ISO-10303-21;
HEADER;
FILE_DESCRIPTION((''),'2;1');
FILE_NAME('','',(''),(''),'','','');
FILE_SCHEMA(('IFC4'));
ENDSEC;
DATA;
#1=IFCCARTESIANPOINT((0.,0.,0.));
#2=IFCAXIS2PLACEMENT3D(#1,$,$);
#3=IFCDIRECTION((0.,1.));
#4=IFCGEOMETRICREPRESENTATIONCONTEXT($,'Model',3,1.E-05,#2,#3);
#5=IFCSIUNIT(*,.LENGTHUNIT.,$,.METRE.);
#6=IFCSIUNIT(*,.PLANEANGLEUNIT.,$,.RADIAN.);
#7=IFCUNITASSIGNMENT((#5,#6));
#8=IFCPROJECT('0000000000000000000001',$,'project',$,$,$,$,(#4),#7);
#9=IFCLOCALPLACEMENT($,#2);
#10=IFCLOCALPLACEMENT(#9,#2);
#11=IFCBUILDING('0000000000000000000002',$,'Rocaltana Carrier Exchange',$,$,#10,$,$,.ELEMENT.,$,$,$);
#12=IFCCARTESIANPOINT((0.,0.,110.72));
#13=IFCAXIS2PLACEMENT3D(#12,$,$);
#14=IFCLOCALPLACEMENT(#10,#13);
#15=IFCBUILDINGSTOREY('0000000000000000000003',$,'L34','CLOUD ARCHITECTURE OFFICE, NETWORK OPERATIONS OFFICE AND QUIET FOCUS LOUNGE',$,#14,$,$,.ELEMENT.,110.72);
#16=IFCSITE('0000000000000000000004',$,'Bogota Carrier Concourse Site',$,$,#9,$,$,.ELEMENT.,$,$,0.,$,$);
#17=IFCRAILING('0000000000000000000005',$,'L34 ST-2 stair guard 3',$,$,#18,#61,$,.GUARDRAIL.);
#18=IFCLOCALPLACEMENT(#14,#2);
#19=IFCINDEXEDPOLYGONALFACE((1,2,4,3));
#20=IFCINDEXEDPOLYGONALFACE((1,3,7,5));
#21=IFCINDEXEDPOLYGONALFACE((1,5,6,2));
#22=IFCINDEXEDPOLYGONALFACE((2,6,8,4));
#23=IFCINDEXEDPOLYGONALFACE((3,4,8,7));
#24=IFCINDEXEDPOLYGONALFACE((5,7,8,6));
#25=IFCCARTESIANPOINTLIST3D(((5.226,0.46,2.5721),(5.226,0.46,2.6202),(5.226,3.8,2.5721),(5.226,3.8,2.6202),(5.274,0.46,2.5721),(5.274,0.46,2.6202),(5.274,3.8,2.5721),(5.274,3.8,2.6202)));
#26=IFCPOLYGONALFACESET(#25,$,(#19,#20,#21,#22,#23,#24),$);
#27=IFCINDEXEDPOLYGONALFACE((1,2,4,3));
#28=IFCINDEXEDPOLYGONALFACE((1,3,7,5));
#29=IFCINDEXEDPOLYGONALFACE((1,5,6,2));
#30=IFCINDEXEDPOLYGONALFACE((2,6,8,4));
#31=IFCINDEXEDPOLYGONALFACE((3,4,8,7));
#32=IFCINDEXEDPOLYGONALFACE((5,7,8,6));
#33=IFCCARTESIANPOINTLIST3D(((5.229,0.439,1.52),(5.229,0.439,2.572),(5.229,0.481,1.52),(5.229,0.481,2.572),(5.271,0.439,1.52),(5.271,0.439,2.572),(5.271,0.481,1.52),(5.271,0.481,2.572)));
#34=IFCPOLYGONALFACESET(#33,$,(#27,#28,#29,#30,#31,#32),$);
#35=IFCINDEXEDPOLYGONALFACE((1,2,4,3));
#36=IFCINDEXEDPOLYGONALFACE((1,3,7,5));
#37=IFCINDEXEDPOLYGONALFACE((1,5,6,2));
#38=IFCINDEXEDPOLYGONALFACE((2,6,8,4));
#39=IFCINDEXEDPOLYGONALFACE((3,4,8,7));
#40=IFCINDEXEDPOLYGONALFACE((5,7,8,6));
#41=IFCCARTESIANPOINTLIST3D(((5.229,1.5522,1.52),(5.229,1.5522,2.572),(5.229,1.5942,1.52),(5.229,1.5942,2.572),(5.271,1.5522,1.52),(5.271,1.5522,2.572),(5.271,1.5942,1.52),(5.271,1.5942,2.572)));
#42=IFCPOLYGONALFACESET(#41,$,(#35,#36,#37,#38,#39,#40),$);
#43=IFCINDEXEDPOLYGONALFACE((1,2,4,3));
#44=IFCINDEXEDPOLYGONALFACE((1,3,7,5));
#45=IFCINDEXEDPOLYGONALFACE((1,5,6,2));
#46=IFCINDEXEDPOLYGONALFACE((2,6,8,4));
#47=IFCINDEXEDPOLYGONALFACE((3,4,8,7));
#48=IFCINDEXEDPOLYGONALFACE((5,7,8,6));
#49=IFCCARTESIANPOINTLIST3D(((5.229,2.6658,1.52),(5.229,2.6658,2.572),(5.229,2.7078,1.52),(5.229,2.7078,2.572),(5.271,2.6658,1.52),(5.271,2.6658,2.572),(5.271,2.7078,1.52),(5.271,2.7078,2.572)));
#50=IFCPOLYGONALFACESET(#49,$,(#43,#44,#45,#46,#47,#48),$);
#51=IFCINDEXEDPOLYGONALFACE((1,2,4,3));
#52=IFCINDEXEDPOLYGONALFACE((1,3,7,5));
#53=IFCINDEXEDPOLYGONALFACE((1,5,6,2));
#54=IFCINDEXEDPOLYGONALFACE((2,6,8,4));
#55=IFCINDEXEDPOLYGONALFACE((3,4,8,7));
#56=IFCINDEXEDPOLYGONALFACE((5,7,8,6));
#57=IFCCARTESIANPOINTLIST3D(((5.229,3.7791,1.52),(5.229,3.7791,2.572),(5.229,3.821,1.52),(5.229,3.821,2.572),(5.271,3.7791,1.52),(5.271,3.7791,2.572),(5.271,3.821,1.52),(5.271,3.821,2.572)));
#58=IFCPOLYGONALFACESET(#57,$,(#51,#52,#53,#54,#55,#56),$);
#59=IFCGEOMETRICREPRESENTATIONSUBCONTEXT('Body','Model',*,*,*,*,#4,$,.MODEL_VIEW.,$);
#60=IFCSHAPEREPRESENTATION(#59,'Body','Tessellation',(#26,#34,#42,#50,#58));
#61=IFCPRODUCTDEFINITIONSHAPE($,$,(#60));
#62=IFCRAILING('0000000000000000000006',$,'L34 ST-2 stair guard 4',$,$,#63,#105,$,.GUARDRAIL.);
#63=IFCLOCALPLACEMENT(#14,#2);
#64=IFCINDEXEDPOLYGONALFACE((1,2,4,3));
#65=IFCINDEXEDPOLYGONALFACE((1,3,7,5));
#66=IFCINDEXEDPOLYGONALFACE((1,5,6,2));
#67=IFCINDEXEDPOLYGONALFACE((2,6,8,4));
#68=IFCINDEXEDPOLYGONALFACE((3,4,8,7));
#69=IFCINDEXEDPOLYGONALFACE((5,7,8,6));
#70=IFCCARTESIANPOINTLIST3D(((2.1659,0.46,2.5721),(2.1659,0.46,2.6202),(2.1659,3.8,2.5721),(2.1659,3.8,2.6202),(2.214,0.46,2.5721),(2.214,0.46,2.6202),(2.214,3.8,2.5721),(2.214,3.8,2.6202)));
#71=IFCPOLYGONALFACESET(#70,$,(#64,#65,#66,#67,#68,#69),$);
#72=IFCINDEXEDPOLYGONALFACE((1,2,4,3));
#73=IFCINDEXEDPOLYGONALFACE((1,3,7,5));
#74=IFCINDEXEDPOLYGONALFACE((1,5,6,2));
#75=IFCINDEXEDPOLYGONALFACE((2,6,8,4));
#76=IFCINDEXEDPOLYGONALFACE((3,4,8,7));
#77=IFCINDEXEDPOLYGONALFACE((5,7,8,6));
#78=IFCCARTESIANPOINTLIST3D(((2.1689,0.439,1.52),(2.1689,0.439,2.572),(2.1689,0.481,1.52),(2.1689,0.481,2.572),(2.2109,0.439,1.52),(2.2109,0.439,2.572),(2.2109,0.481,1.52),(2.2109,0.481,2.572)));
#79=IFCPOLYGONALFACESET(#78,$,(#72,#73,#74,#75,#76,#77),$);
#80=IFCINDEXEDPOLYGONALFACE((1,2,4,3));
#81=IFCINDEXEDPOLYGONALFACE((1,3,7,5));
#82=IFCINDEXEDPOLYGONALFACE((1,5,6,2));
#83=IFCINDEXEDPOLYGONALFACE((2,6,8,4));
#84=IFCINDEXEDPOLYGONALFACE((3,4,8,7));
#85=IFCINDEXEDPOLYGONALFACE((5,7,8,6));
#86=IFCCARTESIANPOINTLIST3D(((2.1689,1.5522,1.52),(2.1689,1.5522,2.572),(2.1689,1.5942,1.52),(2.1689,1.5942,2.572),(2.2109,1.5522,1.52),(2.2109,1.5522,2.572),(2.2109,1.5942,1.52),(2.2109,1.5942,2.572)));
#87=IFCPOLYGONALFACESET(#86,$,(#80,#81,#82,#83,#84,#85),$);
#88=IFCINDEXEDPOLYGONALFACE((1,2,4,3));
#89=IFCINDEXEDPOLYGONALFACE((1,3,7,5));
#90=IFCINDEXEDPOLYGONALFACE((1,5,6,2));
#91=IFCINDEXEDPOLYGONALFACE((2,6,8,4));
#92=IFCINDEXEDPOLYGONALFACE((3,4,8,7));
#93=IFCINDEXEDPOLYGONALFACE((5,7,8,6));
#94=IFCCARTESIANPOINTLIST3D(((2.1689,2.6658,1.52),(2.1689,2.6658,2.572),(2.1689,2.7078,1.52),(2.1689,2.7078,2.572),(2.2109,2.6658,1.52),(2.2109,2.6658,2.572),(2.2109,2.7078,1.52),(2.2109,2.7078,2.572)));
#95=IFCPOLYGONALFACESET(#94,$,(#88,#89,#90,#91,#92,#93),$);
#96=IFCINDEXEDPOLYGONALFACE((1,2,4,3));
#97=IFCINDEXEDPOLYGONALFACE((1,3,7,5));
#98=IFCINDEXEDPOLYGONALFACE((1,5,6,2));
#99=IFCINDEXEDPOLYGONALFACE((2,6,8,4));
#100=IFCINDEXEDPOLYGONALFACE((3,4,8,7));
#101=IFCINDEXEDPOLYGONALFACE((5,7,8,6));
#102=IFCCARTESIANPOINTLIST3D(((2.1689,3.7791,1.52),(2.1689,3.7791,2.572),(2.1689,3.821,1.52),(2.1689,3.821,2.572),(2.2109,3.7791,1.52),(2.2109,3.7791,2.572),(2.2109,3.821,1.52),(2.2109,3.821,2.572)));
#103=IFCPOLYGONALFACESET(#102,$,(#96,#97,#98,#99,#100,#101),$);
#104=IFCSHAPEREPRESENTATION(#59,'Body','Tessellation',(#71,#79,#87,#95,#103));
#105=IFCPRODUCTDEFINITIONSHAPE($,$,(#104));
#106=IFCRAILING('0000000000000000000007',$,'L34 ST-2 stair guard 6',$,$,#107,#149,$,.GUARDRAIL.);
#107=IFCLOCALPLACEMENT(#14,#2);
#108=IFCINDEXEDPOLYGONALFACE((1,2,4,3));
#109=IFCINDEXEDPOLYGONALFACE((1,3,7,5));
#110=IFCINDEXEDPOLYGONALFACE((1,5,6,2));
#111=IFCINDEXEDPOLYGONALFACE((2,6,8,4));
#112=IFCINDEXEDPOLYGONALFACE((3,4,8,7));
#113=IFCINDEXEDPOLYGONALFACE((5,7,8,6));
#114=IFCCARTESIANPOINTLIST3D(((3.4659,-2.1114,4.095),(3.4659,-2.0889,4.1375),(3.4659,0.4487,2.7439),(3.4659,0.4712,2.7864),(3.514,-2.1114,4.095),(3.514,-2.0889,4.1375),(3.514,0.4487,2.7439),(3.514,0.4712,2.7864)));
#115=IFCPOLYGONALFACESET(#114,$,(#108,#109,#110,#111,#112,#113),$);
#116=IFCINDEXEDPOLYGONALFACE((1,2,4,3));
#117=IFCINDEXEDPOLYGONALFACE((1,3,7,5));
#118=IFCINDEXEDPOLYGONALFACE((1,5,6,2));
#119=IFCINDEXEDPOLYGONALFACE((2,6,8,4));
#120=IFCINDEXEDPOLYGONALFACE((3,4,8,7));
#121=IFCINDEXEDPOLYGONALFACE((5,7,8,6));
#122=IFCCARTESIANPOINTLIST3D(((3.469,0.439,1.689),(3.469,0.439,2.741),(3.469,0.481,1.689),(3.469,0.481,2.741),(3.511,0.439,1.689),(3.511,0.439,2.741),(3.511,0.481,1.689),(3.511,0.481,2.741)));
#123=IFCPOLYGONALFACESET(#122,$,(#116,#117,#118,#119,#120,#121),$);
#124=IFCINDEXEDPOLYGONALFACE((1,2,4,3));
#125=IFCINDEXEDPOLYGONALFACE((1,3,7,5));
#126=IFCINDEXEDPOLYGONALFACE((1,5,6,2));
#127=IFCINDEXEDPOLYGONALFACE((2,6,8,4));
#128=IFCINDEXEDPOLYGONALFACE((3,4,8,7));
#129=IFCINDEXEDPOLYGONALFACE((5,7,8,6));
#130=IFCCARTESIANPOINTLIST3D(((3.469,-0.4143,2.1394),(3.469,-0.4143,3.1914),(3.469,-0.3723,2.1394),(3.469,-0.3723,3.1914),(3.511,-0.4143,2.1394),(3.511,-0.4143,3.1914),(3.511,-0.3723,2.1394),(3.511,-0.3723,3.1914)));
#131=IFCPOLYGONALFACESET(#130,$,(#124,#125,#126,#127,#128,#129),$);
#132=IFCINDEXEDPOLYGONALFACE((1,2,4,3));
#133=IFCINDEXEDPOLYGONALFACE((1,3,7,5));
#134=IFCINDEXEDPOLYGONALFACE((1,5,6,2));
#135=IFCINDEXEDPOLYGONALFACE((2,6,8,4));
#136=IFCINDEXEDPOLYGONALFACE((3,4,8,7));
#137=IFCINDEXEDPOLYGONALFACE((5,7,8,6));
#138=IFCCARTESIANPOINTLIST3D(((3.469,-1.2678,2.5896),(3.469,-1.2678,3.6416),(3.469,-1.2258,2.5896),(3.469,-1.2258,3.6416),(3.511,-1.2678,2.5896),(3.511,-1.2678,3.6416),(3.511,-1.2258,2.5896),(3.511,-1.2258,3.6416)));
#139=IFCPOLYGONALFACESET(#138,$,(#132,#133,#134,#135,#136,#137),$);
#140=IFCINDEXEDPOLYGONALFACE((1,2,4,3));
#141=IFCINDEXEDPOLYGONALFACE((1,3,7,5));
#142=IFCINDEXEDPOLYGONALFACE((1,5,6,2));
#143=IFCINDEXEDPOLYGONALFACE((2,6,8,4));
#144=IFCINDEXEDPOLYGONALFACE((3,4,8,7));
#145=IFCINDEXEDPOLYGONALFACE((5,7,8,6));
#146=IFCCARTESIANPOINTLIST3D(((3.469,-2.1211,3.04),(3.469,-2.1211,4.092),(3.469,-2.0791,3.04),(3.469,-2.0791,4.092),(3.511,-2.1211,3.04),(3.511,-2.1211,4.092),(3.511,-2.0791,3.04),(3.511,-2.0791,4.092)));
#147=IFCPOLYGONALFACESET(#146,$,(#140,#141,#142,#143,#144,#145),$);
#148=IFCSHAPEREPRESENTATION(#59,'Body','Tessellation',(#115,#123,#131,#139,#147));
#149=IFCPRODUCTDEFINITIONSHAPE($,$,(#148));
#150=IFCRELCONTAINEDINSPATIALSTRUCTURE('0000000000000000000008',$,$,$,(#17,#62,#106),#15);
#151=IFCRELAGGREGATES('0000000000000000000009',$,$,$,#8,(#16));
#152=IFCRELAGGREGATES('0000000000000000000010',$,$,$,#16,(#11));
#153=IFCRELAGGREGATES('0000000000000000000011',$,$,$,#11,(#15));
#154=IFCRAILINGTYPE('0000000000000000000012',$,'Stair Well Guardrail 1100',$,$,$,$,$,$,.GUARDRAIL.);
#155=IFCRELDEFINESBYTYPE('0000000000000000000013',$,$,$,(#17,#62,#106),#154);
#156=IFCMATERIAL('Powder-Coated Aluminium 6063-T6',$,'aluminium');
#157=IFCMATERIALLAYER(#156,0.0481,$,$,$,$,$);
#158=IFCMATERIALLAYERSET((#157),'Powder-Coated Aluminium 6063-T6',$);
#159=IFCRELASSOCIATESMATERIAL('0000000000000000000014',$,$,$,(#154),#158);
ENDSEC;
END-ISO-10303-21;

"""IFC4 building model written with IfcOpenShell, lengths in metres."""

from ifc_helpers import new_model, si_unit, direction, frame, origin, origin_2d, place, context, subcontext, project, spatial, rectangle, extrude, material, layer, layer_set, type_object, element, save


model = new_model("IFC4")

# Units and contexts
model_context = context("Model", 3, precision=1e-05, world=origin(), true_north=direction((0.0, 1.0)))
body_context = subcontext(model_context, "Body", "Model", "MODEL_VIEW")
ifc_project = project(units=[si_unit("LENGTHUNIT", "METRE"), si_unit("PLANEANGLEUNIT", "RADIAN")], contexts=[model_context])

# Site, building, storey
site_placement = place(None, origin())
site = spatial("IfcSite", under=ifc_project, at=site_placement, Name="Bogota Carrier Concourse Site", CompositionType="ELEMENT", RefElevation=0.0)
building_placement = place(site_placement, origin())
building = spatial("IfcBuilding", under=site, at=building_placement, Name="Rocaltana Carrier Exchange", CompositionType="ELEMENT")
storey_placement = place(building_placement, frame((0.0, 0.0, 110.72)))
storey = spatial("IfcBuildingStorey", under=building, at=storey_placement, Name="L34", Description="CLOUD ARCHITECTURE OFFICE, NETWORK OPERATIONS OFFICE AND QUIET FOCUS LOUNGE", CompositionType="ELEMENT", Elevation=110.72)

# Railings
ifc_material_1 = material(Name="Powder-Coated Aluminium 6063-T6", Category="aluminium")
ifc_layer_1 = layer(ifc_material_1, 0.0481)
ifc_layer_set_1 = layer_set([ifc_layer_1], Name="Powder-Coated Aluminium 6063-T6")
railing_type_1 = type_object("IfcRailingType", Name="Stair Well Guardrail 1100", PredefinedType="GUARDRAIL", material=ifc_layer_set_1)
for number, where, name in (
    (1, (5.25, 0.46, 1.52), "L34 ST-2 stair guard 3"),
    (2, (2.1899, 0.46, 1.52), "L34 ST-2 stair guard 4"),
):
    element("IfcRailing", number, at=place(storey_placement, frame(where)), inside=storey, type_object=railing_type_1, Name=name, PredefinedType="GUARDRAIL", context=body_context, shape_type="SweptSolid", body=[
        extrude(rectangle(XDim=0.0481, YDim=0.0481, at=origin_2d()), frame((0.0, 0.0, 1.0762), z_axis=(0.0, 1.0, 0.0), x_axis=(-1.0, 0.0, 0.0)), (0.0, 0.0, 1.0), 3.3401),
        extrude(rectangle(XDim=0.042, YDim=0.042, at=origin_2d()), origin(), (0.0, 0.0, 1.0), 1.052),
        extrude(rectangle(XDim=0.042, YDim=0.042, at=origin_2d()), frame((0.0, 1.1133, 0.0)), (0.0, 0.0, 1.0), 1.052),
        extrude(rectangle(XDim=0.042, YDim=0.042, at=origin_2d()), frame((0.0, 2.2268, 0.0)), (0.0, 0.0, 1.0), 1.052),
        extrude(rectangle(XDim=0.042, YDim=0.042, at=origin_2d()), frame((0.0, 3.3401, 0.0)), (0.0, 0.0, 1.0), 1.052),
    ])
railing_1_placement = place(storey_placement, frame((3.49, 0.46, 1.689)))
element("IfcRailing", 3, at=railing_1_placement, inside=storey, type_object=railing_type_1, Name="L34 ST-2 stair guard 6", PredefinedType="GUARDRAIL", context=body_context, shape_type="SweptSolid", body=[
    extrude(rectangle(XDim=0.0481, YDim=0.0481, at=origin_2d()), frame((0.0, 0.0, 1.0762), z_axis=(0.0, -0.884394, 0.46674), x_axis=(1.0, 0.0, 0.0)), (0.0, 0.0, 1.0), 2.8948),
    extrude(rectangle(XDim=0.042, YDim=0.042, at=origin_2d()), origin(), (0.0, 0.0, 1.0), 1.052),
    extrude(rectangle(XDim=0.042, YDim=0.042, at=origin_2d()), frame((0.0, -0.8533, 0.4504)), (0.0, 0.0, 1.0), 1.052),
    extrude(rectangle(XDim=0.042, YDim=0.042, at=origin_2d()), frame((0.0, -1.7068, 0.9006)), (0.0, 0.0, 1.0), 1.052),
    extrude(rectangle(XDim=0.042, YDim=0.042, at=origin_2d()), frame((0.0, -2.5601, 1.3511)), (0.0, 0.0, 1.0), 1.052),
])

save(model, "model.ifc")
